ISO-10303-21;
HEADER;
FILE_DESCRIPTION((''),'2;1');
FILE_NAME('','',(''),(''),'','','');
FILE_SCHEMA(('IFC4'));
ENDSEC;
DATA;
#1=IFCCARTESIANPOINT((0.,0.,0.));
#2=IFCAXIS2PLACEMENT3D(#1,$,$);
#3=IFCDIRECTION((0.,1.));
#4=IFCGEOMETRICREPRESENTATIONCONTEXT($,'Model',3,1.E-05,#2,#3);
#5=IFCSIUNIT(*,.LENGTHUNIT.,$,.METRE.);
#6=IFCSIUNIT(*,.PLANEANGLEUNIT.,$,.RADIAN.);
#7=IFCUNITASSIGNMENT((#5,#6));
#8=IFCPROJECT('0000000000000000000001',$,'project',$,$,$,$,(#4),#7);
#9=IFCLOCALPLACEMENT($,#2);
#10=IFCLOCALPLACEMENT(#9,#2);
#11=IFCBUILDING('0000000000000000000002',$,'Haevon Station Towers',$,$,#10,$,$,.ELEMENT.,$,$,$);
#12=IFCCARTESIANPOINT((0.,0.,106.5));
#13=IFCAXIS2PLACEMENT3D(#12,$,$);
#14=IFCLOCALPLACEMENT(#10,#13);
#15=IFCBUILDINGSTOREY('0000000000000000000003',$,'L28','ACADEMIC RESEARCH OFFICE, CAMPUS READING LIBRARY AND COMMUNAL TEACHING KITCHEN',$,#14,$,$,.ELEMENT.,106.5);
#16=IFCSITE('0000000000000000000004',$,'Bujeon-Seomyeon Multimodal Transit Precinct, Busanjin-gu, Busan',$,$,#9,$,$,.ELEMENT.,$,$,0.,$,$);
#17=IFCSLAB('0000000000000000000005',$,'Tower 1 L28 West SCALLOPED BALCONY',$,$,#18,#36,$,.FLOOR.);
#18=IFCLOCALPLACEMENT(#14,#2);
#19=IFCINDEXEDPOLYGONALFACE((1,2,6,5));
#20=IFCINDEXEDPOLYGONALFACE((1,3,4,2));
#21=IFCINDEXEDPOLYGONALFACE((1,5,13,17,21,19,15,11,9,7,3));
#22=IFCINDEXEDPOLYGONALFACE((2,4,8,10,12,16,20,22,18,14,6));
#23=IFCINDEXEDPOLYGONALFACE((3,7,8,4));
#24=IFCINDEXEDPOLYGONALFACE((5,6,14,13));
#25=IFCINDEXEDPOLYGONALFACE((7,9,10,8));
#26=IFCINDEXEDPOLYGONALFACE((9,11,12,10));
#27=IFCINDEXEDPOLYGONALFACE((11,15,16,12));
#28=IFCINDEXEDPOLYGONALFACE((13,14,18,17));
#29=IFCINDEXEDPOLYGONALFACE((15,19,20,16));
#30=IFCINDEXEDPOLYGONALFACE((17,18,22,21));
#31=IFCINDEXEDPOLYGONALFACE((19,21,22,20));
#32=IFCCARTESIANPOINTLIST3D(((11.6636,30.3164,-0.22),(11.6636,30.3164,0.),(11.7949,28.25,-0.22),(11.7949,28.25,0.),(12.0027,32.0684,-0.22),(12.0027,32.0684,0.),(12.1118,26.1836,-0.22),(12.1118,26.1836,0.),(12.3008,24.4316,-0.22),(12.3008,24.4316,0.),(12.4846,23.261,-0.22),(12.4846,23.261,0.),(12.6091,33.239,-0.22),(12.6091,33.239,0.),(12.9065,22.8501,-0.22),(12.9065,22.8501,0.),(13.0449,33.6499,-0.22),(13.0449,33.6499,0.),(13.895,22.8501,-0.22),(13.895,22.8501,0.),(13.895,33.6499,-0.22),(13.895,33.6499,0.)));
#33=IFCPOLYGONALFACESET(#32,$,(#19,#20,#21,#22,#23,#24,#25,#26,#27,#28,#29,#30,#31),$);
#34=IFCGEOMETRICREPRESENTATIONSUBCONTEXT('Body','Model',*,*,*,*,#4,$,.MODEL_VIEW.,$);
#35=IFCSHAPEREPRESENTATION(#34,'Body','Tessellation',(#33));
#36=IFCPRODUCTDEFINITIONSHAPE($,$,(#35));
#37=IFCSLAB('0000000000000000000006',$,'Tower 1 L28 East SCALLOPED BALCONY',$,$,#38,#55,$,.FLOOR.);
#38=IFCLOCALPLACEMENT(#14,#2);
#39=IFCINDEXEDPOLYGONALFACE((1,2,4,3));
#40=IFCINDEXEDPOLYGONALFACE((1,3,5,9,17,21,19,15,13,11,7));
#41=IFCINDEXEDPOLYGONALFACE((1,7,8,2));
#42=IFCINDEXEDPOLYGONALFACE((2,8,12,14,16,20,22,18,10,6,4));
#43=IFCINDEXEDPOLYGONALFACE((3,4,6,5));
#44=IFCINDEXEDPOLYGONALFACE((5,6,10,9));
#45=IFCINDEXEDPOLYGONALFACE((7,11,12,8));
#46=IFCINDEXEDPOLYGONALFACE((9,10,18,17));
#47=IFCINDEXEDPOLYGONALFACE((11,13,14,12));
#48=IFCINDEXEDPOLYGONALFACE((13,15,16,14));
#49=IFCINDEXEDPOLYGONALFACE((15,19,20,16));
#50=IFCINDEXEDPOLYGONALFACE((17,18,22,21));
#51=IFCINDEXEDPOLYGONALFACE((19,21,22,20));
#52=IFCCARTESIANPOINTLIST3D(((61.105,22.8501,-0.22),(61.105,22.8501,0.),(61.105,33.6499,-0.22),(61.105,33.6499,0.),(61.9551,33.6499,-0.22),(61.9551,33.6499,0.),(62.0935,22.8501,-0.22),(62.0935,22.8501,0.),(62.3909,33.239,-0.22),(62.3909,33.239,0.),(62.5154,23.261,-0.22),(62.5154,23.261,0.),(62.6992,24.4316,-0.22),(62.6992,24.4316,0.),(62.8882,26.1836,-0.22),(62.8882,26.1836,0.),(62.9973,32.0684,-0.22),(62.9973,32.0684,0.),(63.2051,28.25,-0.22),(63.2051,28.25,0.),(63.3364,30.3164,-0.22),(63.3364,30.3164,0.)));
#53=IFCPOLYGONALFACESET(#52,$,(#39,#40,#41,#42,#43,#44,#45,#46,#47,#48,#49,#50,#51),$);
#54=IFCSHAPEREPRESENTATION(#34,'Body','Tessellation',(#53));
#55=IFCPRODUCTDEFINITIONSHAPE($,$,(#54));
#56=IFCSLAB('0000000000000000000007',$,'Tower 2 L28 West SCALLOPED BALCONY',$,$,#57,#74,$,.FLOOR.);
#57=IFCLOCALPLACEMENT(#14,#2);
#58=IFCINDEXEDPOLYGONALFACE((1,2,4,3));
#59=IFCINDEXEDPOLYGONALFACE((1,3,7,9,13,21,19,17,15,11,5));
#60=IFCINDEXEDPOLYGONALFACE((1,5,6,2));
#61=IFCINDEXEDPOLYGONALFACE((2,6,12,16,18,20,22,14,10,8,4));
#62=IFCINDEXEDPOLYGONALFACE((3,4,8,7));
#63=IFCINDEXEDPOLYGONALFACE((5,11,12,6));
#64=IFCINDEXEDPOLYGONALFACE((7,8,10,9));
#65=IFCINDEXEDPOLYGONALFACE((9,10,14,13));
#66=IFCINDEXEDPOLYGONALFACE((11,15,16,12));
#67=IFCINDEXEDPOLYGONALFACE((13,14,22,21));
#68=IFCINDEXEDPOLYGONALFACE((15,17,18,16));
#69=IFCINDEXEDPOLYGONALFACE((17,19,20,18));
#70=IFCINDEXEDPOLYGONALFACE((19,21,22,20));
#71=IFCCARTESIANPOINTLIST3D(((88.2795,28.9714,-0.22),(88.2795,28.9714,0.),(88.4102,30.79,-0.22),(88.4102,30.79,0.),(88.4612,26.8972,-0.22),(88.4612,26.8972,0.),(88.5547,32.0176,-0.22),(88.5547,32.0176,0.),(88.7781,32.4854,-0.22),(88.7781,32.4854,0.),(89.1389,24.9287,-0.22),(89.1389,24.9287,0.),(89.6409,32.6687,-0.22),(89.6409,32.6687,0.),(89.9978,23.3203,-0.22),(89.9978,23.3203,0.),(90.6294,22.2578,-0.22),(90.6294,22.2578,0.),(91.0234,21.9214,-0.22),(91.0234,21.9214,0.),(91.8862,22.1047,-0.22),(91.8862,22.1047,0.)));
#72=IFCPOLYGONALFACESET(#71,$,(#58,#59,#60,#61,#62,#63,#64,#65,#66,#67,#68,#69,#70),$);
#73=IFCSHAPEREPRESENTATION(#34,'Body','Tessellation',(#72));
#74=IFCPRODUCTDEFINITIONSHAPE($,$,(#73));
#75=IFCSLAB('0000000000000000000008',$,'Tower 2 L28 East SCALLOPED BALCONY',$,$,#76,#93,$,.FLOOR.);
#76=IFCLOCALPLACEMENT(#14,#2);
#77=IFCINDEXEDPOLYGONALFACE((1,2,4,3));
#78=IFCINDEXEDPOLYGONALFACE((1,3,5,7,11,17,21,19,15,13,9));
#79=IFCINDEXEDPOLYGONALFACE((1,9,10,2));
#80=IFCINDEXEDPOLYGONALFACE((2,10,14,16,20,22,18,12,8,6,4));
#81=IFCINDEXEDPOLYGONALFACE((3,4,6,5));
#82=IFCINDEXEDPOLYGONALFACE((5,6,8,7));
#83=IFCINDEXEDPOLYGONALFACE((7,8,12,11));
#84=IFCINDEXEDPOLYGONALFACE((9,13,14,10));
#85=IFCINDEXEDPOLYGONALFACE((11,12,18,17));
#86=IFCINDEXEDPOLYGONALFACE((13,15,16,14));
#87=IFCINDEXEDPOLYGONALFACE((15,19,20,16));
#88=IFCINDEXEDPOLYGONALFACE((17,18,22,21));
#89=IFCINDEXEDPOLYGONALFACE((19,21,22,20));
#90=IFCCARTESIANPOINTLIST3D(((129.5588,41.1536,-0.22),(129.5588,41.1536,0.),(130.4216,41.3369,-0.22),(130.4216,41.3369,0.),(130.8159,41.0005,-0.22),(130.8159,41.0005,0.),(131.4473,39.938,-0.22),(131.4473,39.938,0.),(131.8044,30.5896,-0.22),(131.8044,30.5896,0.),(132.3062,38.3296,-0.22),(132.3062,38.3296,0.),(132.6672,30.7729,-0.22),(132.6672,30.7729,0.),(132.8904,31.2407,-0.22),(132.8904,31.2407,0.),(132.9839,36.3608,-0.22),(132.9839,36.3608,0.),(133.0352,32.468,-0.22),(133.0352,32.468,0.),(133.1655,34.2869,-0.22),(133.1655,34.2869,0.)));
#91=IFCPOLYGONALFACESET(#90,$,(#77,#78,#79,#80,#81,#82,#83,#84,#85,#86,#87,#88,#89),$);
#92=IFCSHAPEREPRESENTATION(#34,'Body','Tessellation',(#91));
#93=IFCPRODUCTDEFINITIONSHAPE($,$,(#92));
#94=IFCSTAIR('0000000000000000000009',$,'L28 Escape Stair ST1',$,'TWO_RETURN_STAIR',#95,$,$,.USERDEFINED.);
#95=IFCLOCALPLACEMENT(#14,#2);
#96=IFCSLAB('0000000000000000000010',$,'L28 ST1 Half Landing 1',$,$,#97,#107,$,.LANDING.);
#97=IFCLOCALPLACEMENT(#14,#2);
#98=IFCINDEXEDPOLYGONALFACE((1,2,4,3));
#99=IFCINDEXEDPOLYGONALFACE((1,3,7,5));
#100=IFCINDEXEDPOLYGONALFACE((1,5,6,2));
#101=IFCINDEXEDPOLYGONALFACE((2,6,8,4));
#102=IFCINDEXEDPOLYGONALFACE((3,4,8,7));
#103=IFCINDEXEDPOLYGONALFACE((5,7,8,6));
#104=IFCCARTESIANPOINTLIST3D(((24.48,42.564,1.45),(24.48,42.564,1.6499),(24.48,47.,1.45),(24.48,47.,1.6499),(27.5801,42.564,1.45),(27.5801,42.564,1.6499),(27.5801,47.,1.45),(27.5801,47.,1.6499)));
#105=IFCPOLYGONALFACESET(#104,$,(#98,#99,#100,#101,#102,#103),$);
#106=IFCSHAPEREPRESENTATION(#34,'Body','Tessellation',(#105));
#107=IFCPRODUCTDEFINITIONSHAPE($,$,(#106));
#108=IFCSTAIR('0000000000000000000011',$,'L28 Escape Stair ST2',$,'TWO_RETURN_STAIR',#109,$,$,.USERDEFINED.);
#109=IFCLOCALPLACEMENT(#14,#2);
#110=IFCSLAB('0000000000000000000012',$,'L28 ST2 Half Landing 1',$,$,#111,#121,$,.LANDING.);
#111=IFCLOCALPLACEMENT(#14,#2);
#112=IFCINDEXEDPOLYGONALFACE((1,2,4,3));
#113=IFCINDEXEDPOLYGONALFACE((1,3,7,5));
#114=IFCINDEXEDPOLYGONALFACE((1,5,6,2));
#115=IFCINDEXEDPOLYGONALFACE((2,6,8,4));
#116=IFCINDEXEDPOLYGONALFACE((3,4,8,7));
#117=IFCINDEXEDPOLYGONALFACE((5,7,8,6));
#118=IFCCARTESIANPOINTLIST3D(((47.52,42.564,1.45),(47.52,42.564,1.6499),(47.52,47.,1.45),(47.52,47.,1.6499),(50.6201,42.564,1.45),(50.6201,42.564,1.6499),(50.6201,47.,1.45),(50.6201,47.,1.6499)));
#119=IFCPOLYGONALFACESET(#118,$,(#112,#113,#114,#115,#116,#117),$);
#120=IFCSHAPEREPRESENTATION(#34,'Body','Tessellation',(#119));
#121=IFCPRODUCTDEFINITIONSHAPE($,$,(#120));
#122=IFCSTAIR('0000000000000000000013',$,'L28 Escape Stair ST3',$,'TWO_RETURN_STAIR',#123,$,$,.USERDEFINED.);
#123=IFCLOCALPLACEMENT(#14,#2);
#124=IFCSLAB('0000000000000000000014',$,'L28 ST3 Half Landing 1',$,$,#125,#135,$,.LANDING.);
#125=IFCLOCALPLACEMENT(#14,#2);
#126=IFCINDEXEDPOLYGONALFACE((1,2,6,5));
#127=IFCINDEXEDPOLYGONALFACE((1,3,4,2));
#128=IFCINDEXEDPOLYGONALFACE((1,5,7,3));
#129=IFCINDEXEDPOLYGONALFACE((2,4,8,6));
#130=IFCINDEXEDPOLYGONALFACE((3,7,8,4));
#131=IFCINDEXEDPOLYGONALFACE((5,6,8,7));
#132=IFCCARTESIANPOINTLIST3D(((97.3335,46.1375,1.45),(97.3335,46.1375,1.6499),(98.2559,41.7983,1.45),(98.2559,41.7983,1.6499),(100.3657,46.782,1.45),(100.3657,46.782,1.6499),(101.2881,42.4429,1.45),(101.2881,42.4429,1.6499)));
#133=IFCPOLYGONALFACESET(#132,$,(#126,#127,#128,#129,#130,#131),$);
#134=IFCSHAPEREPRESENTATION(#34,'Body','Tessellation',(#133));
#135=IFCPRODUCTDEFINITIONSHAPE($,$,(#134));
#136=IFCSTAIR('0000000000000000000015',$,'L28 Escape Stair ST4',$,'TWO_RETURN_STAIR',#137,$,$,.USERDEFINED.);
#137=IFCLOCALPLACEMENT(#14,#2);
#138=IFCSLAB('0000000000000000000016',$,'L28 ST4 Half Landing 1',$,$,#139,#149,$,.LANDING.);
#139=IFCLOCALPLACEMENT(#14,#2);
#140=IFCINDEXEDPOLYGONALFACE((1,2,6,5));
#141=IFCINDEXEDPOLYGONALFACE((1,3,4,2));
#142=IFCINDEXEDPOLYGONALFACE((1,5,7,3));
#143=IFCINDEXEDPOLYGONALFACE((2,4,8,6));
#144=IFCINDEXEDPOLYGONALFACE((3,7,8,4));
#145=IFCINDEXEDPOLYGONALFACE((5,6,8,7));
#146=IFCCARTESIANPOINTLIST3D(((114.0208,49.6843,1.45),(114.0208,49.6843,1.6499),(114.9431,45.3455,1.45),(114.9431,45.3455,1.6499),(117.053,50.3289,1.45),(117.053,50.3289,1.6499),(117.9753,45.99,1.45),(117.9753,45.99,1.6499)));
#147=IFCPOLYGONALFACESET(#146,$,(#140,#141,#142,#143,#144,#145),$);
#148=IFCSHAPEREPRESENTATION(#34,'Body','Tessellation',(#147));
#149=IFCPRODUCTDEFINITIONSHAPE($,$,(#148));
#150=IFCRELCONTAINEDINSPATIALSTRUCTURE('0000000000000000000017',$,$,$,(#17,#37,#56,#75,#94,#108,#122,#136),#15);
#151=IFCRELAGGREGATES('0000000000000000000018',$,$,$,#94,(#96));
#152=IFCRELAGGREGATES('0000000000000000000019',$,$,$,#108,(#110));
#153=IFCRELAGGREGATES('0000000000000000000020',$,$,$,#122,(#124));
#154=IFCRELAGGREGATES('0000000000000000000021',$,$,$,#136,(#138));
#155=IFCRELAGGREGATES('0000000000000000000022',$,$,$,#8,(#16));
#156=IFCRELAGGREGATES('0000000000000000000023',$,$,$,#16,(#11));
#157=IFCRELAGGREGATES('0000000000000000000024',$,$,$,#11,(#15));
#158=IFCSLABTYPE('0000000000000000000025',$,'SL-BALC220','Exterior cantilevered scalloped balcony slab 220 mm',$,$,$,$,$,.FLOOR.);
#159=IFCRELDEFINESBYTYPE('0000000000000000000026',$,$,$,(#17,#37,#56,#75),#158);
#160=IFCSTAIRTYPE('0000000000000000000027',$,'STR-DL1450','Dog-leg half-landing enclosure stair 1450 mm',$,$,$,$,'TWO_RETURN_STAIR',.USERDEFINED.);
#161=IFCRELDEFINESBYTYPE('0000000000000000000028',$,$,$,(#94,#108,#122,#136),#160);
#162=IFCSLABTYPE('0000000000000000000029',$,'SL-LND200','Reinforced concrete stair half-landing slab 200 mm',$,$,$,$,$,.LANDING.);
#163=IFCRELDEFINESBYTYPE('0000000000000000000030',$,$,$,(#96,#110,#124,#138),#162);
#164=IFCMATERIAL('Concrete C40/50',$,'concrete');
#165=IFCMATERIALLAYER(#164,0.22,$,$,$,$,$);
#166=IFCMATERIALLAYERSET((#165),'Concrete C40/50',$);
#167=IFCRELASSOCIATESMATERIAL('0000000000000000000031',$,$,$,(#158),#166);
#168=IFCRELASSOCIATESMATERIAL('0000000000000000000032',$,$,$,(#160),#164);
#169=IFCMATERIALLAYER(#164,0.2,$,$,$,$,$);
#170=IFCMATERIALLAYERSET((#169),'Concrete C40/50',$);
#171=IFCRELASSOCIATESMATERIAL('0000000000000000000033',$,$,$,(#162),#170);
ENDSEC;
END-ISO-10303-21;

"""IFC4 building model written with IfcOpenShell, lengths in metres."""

from ifc_helpers import new_model, si_unit, direction, frame, origin, place, context, subcontext, project, spatial, polyline, outline, extrude, material, layer, layer_set, type_object, element, aggregate, save


model = new_model("IFC4")

# Units and contexts
model_context = context("Model", 3, precision=1e-05, world=origin(), true_north=direction((0.0, 1.0)))
body_context = subcontext(model_context, "Body", "Model", "MODEL_VIEW")
ifc_project = project(units=[si_unit("LENGTHUNIT", "METRE"), si_unit("PLANEANGLEUNIT", "RADIAN")], contexts=[model_context])

# Site, building, storey
site_placement = place(None, origin())
site = spatial("IfcSite", under=ifc_project, at=site_placement, Name="Bujeon-Seomyeon Multimodal Transit Precinct, Busanjin-gu, Busan", CompositionType="ELEMENT", RefElevation=0.0)
building_placement = place(site_placement, origin())
building = spatial("IfcBuilding", under=site, at=building_placement, Name="Haevon Station Towers", CompositionType="ELEMENT")
storey_placement = place(building_placement, frame((0.0, 0.0, 106.5)))
storey = spatial("IfcBuildingStorey", under=building, at=storey_placement, Name="L28", Description="ACADEMIC RESEARCH OFFICE, CAMPUS READING LIBRARY AND COMMUNAL TEACHING KITCHEN", CompositionType="ELEMENT", Elevation=106.5)

# Slabs
ifc_material_1 = material(Name="Concrete C40/50", Category="concrete")
ifc_layer_1 = layer(ifc_material_1, 0.22)
ifc_layer_set_1 = layer_set([ifc_layer_1], Name="Concrete C40/50")
slab_type_1 = type_object("IfcSlabType", Name="SL-BALC220", Description="Exterior cantilevered scalloped balcony slab 220 mm", PredefinedType="FLOOR", material=ifc_layer_set_1)
slab_1_placement = place(storey_placement, frame((0.0, 0.0, -0.22)))
element("IfcSlab", 1, at=slab_1_placement, inside=storey, type_object=slab_type_1, Name="Tower 1 L28 West SCALLOPED BALCONY", PredefinedType="FLOOR", context=body_context, shape_type="SweptSolid", body=[
    extrude(outline(polyline([(13.895, 33.6499), (13.0449, 33.6499), (12.6091, 33.239), (12.0027, 32.0684), (11.6636, 30.3164), (11.7949, 28.25), (12.1118, 26.1836), (12.3008, 24.4316), (12.4846, 23.261), (12.9065, 22.8501), (13.895, 22.8501), (13.895, 33.6499)])), origin(), (0.0, 0.0, 1.0), 0.22),
])
slab_2_placement = place(storey_placement, frame((0.0, 0.0, -0.22)))
element("IfcSlab", 2, at=slab_2_placement, inside=storey, type_object=slab_type_1, Name="Tower 1 L28 East SCALLOPED BALCONY", PredefinedType="FLOOR", context=body_context, shape_type="SweptSolid", body=[
    extrude(outline(polyline([(61.105, 22.8501), (62.0935, 22.8501), (62.5154, 23.261), (62.6992, 24.4316), (62.8882, 26.1836), (63.2051, 28.25), (63.3364, 30.3164), (62.9973, 32.0684), (62.3909, 33.239), (61.9551, 33.6499), (61.105, 33.6499), (61.105, 22.8501)])), origin(), (0.0, 0.0, 1.0), 0.22),
])
slab_3_placement = place(storey_placement, frame((0.0, 0.0, -0.22)))
element("IfcSlab", 3, at=slab_3_placement, inside=storey, type_object=slab_type_1, Name="Tower 2 L28 West SCALLOPED BALCONY", PredefinedType="FLOOR", context=body_context, shape_type="SweptSolid", body=[
    extrude(outline(polyline([(89.6409, 32.6687), (88.7781, 32.4854), (88.5547, 32.0176), (88.4102, 30.79), (88.2795, 28.9714), (88.4612, 26.8972), (89.1389, 24.9287), (89.9978, 23.3203), (90.6294, 22.2578), (91.0234, 21.9214), (91.8862, 22.1047), (89.6409, 32.6687)])), origin(), (0.0, 0.0, 1.0), 0.22),
])
slab_4_placement = place(storey_placement, frame((0.0, 0.0, -0.22)))
element("IfcSlab", 4, at=slab_4_placement, inside=storey, type_object=slab_type_1, Name="Tower 2 L28 East SCALLOPED BALCONY", PredefinedType="FLOOR", context=body_context, shape_type="SweptSolid", body=[
    extrude(outline(polyline([(131.8044, 30.5896), (132.6672, 30.7729), (132.8904, 31.2407), (133.0352, 32.468), (133.1655, 34.2869), (132.9839, 36.3608), (132.3062, 38.3296), (131.4473, 39.938), (130.8159, 41.0005), (130.4216, 41.3369), (129.5588, 41.1536), (131.8044, 30.5896)])), origin(), (0.0, 0.0, 1.0), 0.22),
])

# Stairs, slabs
stair_type = type_object("IfcStairType", Name="STR-DL1450", Description="Dog-leg half-landing enclosure stair 1450 mm", ElementType="TWO_RETURN_STAIR", PredefinedType="USERDEFINED", material=ifc_material_1)
stair_1_placement = place(storey_placement, origin())
stair_1 = element("IfcStair", 5, at=stair_1_placement, inside=storey, type_object=stair_type, Name="L28 Escape Stair ST1", ObjectType="TWO_RETURN_STAIR", PredefinedType="USERDEFINED")
ifc_layer_2 = layer(ifc_material_1, 0.2)
ifc_layer_set_2 = layer_set([ifc_layer_2], Name="Concrete C40/50")
slab_type_2 = type_object("IfcSlabType", Name="SL-LND200", Description="Reinforced concrete stair half-landing slab 200 mm", PredefinedType="LANDING", material=ifc_layer_set_2)
slab_5_placement = place(storey_placement, frame((0.0, 0.0, 1.45)))
slab_5 = element("IfcSlab", 6, at=slab_5_placement, type_object=slab_type_2, Name="L28 ST1 Half Landing 1", PredefinedType="LANDING", context=body_context, shape_type="SweptSolid", body=[
    extrude(outline(polyline([(27.5801, 42.564), (27.5801, 47.0), (24.48, 47.0), (24.48, 42.564), (27.5801, 42.564)])), origin(), (0.0, 0.0, 1.0), 0.2),
])
aggregate(stair_1, [slab_5])
stair_2_placement = place(storey_placement, origin())
stair_2 = element("IfcStair", 7, at=stair_2_placement, inside=storey, type_object=stair_type, Name="L28 Escape Stair ST2", ObjectType="TWO_RETURN_STAIR", PredefinedType="USERDEFINED")
slab_6_placement = place(storey_placement, frame((0.0, 0.0, 1.45)))
slab_6 = element("IfcSlab", 8, at=slab_6_placement, type_object=slab_type_2, Name="L28 ST2 Half Landing 1", PredefinedType="LANDING", context=body_context, shape_type="SweptSolid", body=[
    extrude(outline(polyline([(50.6201, 42.564), (50.6201, 47.0), (47.52, 47.0), (47.52, 42.564), (50.6201, 42.564)])), origin(), (0.0, 0.0, 1.0), 0.2),
])
aggregate(stair_2, [slab_6])
stair_3_placement = place(storey_placement, origin())
stair_3 = element("IfcStair", 9, at=stair_3_placement, inside=storey, type_object=stair_type, Name="L28 Escape Stair ST3", ObjectType="TWO_RETURN_STAIR", PredefinedType="USERDEFINED")
slab_7_placement = place(storey_placement, frame((0.0, 0.0, 1.45)))
slab_7 = element("IfcSlab", 10, at=slab_7_placement, type_object=slab_type_2, Name="L28 ST3 Half Landing 1", PredefinedType="LANDING", context=body_context, shape_type="SweptSolid", body=[
    extrude(outline(polyline([(101.2881, 42.4429), (100.3657, 46.782), (97.3335, 46.1375), (98.2559, 41.7983), (101.2881, 42.4429)])), origin(), (0.0, 0.0, 1.0), 0.2),
])
aggregate(stair_3, [slab_7])
stair_4_placement = place(storey_placement, origin())
stair_4 = element("IfcStair", 11, at=stair_4_placement, inside=storey, type_object=stair_type, Name="L28 Escape Stair ST4", ObjectType="TWO_RETURN_STAIR", PredefinedType="USERDEFINED")
slab_8_placement = place(storey_placement, frame((0.0, 0.0, 1.45)))
slab_8 = element("IfcSlab", 12, at=slab_8_placement, type_object=slab_type_2, Name="L28 ST4 Half Landing 1", PredefinedType="LANDING", context=body_context, shape_type="SweptSolid", body=[
    extrude(outline(polyline([(117.9753, 45.99), (117.053, 50.3289), (114.0208, 49.6843), (114.9431, 45.3455), (117.9753, 45.99)])), origin(), (0.0, 0.0, 1.0), 0.2),
])
aggregate(stair_4, [slab_8])

save(model, "model.ifc")
